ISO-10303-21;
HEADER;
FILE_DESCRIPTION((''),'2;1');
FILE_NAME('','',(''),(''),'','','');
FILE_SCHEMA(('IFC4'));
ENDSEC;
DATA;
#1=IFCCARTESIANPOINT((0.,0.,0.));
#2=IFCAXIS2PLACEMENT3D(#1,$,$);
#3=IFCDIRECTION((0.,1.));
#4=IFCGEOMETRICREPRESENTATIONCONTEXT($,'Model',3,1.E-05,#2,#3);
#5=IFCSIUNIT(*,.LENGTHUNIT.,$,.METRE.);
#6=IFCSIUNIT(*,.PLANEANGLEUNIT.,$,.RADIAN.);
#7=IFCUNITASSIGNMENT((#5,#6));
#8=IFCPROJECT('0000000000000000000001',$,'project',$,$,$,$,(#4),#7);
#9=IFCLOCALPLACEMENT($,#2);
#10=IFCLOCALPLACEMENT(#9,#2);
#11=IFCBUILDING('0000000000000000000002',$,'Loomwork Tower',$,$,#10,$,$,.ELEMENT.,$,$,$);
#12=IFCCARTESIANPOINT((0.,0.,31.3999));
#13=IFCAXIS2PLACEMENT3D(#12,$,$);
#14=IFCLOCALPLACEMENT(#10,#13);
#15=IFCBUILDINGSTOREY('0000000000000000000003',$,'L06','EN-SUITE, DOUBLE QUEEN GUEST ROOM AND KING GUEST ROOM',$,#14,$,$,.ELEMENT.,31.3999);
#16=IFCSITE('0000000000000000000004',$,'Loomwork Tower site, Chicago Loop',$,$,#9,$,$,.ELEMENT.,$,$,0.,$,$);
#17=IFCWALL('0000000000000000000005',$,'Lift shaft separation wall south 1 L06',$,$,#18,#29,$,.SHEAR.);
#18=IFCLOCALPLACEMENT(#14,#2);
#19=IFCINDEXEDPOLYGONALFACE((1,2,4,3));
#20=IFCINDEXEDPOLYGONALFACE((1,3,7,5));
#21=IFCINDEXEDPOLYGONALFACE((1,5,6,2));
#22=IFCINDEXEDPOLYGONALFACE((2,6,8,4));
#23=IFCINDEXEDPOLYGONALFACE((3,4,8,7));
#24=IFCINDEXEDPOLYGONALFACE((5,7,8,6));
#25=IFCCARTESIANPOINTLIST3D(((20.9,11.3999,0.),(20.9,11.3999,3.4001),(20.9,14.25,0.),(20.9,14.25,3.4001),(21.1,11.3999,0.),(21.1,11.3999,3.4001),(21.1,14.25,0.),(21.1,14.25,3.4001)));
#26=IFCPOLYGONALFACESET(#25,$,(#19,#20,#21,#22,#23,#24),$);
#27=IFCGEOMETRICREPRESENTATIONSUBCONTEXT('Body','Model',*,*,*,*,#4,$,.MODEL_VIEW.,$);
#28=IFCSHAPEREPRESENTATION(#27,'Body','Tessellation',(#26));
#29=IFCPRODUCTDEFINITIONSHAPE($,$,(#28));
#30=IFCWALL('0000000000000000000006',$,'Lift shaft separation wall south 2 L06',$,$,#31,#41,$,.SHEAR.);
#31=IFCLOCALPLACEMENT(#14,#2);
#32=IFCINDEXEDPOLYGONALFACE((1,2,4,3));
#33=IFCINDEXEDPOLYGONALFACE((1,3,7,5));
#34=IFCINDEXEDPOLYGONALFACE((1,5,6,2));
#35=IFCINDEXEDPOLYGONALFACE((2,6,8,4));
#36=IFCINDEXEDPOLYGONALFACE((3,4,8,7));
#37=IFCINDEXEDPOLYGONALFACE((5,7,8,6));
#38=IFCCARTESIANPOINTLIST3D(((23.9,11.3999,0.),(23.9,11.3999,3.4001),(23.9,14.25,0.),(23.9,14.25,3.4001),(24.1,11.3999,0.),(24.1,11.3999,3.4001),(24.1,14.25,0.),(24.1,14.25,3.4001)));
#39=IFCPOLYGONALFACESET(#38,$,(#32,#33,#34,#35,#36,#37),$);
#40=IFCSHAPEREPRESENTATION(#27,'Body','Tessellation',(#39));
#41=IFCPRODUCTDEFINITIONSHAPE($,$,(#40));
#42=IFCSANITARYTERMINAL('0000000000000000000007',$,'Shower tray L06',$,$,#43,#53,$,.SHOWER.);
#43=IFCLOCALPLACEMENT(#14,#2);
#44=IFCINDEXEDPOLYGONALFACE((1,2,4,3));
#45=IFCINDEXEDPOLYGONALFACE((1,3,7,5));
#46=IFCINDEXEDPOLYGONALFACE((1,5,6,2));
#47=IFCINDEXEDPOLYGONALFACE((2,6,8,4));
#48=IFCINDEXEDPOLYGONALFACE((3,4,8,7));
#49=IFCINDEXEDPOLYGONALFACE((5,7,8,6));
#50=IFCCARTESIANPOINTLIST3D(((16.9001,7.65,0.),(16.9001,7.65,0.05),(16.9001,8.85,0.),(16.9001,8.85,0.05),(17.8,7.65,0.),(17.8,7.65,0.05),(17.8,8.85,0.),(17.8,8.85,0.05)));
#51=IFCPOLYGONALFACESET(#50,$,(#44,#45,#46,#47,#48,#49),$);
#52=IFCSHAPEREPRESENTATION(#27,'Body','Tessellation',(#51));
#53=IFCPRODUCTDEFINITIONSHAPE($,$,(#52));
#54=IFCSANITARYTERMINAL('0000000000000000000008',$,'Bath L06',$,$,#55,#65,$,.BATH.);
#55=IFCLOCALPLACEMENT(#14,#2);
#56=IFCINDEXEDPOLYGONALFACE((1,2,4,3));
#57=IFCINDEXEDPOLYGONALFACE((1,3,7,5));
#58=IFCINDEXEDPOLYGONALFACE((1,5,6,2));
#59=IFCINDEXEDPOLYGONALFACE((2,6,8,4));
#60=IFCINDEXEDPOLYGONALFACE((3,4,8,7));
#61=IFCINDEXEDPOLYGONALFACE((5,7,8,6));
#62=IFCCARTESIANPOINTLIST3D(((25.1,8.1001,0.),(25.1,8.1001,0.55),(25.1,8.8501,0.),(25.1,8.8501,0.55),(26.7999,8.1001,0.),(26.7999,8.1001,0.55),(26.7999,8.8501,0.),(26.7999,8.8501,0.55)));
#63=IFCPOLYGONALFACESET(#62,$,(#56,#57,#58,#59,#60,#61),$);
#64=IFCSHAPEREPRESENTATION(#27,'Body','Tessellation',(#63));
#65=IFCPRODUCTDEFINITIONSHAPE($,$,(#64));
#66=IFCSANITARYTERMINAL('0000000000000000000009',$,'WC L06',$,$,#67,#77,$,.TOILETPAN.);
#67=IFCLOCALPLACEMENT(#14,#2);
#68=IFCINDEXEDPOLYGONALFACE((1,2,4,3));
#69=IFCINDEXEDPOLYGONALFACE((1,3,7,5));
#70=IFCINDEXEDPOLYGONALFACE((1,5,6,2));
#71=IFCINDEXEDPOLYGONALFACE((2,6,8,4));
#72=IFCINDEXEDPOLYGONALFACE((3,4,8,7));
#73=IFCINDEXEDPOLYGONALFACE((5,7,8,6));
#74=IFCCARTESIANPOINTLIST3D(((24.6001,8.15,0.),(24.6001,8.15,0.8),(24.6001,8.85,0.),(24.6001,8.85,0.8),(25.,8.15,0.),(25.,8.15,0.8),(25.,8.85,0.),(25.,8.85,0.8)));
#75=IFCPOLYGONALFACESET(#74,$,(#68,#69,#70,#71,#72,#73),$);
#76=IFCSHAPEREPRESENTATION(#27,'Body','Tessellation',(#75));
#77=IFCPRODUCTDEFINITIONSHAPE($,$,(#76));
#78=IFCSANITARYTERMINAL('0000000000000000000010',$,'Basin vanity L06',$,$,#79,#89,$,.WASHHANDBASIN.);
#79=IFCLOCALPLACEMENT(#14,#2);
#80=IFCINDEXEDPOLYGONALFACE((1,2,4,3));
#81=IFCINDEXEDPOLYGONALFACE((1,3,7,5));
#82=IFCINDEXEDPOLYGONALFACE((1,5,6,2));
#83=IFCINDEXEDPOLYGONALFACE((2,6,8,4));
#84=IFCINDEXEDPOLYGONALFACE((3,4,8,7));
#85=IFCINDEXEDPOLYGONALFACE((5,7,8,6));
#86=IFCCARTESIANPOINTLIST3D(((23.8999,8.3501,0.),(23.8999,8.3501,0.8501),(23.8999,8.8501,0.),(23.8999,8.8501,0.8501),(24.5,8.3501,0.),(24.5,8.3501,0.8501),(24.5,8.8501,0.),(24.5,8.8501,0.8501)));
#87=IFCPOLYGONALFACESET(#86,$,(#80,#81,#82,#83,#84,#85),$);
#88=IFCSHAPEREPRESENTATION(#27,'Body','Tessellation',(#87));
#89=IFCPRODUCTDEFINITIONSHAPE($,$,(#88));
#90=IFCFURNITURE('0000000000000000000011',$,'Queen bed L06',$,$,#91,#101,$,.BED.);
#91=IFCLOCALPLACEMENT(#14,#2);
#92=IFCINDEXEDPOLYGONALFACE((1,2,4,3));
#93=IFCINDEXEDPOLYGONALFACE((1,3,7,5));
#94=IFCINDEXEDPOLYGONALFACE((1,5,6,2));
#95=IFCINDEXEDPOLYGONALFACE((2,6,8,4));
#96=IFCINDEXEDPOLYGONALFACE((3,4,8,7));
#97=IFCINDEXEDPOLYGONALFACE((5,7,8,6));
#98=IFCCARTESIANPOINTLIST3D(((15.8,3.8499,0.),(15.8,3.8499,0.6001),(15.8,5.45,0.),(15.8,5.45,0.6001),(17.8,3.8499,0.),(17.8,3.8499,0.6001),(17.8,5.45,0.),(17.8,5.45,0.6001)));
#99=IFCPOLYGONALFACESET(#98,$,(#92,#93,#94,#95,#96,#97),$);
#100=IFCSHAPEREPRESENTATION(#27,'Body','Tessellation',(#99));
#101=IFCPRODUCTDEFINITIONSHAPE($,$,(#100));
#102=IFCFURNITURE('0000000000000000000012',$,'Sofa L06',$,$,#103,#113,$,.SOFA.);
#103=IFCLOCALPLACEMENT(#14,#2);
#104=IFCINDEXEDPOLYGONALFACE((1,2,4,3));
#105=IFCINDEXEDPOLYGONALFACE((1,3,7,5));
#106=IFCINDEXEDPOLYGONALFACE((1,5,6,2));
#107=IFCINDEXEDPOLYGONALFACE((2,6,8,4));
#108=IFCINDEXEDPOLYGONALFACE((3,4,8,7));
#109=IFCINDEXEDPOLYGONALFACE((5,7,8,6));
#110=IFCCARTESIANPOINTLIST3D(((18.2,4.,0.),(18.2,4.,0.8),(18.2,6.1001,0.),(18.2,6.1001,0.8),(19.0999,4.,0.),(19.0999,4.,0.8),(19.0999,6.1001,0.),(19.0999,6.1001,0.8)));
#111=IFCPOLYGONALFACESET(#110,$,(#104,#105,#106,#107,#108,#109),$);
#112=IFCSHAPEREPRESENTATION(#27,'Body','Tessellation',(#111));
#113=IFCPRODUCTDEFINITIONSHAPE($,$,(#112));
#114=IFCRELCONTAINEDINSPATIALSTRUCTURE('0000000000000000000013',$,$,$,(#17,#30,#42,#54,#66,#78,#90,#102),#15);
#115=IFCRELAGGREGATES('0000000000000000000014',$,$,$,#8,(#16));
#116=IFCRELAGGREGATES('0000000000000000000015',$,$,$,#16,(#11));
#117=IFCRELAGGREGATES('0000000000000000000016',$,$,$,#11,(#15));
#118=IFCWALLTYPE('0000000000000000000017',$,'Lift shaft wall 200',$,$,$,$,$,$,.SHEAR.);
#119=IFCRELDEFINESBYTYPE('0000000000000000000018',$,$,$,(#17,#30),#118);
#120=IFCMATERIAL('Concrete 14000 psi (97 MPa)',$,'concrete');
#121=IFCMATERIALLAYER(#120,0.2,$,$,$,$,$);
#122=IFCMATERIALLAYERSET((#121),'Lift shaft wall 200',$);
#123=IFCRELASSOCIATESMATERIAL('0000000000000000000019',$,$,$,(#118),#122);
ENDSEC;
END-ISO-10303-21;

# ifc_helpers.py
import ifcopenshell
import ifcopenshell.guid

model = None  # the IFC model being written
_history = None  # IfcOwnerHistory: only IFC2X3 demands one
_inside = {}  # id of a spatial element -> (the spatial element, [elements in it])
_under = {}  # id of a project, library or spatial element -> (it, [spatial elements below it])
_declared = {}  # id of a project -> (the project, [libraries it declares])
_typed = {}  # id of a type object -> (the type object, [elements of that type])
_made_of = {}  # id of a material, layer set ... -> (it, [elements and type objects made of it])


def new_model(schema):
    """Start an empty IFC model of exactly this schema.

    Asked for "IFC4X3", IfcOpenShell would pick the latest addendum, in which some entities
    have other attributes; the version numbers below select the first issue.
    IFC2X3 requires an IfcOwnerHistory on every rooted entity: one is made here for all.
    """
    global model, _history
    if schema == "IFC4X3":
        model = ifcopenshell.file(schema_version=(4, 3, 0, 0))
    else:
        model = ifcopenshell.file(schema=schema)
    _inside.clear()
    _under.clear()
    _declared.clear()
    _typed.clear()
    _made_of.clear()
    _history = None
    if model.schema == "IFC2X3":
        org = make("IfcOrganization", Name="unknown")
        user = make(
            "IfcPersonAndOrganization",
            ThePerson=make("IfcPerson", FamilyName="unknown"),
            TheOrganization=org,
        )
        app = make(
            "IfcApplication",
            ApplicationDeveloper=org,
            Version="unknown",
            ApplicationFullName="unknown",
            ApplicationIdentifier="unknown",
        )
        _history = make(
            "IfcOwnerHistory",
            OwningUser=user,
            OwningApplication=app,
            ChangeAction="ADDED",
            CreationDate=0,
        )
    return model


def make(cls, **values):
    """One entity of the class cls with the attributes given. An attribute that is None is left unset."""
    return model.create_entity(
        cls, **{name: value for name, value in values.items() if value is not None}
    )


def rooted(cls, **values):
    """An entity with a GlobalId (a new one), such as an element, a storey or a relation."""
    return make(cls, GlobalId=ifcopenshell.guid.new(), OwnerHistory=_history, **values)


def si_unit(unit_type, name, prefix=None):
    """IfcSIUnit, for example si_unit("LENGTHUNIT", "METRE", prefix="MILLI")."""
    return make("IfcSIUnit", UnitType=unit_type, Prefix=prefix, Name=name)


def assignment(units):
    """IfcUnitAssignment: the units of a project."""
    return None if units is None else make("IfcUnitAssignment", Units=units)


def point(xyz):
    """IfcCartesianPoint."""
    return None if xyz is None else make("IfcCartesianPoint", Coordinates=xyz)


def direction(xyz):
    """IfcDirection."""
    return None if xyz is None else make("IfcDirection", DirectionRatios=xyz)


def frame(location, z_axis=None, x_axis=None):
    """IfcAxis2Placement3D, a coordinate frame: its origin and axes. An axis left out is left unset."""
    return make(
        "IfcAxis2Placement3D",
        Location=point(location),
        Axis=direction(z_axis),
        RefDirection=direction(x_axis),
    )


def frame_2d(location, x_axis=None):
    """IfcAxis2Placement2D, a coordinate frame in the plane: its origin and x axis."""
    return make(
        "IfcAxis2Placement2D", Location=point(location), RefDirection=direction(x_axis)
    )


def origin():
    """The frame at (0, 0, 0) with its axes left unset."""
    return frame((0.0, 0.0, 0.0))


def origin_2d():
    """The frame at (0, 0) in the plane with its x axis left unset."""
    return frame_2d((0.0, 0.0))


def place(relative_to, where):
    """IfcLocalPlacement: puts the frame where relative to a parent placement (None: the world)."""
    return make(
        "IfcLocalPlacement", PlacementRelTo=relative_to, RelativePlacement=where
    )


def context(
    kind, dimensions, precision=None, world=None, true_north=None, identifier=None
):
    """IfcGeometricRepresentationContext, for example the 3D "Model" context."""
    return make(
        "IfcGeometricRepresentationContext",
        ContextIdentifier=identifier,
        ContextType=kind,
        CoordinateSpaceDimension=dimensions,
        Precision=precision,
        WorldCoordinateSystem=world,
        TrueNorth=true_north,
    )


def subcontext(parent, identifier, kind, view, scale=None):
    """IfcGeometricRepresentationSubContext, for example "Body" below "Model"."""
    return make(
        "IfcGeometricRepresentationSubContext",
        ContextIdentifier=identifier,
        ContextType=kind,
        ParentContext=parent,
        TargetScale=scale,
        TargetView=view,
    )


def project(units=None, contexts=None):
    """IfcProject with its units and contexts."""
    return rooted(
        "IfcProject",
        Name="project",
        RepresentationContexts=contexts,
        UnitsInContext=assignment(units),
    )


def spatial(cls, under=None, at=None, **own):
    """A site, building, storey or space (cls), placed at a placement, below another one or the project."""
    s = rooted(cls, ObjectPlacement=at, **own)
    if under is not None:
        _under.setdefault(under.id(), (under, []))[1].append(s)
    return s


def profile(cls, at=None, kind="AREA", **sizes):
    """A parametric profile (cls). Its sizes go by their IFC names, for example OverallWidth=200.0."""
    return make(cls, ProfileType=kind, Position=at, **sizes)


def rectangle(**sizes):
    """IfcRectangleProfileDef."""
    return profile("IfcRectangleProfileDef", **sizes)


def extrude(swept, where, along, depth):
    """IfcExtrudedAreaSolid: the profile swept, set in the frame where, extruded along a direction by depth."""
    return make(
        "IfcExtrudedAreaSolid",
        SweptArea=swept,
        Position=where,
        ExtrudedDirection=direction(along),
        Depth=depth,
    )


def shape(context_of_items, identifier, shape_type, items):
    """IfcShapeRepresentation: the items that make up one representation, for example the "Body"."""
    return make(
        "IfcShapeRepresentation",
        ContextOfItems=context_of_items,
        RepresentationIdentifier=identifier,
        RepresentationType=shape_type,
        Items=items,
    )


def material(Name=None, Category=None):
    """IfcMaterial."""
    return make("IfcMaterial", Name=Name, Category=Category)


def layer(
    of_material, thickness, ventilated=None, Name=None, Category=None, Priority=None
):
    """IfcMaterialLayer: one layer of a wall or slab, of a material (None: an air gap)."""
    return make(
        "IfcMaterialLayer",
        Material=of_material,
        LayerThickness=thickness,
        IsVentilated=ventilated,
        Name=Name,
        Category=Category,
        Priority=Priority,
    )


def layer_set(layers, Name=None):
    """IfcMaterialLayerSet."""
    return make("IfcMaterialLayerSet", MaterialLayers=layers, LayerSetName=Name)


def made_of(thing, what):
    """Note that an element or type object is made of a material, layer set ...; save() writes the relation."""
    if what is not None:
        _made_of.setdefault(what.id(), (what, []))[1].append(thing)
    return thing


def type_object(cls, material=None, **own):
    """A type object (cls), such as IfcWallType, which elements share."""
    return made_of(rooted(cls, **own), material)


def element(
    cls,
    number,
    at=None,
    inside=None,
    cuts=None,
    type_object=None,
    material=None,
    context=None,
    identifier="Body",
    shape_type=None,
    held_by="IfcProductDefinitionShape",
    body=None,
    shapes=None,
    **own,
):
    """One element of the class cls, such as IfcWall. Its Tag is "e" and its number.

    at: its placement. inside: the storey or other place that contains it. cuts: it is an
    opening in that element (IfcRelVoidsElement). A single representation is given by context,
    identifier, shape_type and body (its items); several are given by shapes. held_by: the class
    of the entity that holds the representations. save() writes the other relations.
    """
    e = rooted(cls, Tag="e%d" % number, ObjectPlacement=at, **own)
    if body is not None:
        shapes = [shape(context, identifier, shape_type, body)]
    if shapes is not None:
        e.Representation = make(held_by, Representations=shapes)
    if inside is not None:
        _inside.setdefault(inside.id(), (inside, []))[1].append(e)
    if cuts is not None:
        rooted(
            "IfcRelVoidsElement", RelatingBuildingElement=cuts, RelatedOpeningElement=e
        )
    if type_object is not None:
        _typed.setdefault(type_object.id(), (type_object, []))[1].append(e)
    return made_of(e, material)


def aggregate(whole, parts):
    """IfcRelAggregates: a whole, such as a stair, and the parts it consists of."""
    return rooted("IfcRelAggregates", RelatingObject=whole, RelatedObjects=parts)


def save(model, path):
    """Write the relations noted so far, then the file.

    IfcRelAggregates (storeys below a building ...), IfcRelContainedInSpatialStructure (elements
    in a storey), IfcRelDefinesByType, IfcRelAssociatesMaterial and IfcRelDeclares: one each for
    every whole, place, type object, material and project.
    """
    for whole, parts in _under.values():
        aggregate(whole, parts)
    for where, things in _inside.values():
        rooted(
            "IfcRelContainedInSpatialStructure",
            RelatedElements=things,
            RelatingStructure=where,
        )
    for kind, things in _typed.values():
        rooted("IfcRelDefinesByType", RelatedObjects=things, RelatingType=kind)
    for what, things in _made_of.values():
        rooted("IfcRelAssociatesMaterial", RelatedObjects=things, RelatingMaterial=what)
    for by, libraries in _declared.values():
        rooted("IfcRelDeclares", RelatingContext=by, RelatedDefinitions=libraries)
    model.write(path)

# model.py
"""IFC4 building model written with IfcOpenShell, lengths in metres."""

from ifc_helpers import new_model, si_unit, direction, frame, frame_2d, origin, origin_2d, place, context, subcontext, project, spatial, rectangle, extrude, material, layer, layer_set, type_object, element, save


model = new_model("IFC4")

# Units and contexts
model_context = context("Model", 3, precision=1e-05, world=origin(), true_north=direction((0.0, 1.0)))
body_context = subcontext(model_context, "Body", "Model", "MODEL_VIEW")
ifc_project = project(units=[si_unit("LENGTHUNIT", "METRE"), si_unit("PLANEANGLEUNIT", "RADIAN")], contexts=[model_context])

# Site, building, storey
site_placement = place(None, origin())
site = spatial("IfcSite", under=ifc_project, at=site_placement, Name="Loomwork Tower site, Chicago Loop", CompositionType="ELEMENT", RefElevation=0.0)
building_placement = place(site_placement, origin())
building = spatial("IfcBuilding", under=site, at=building_placement, Name="Loomwork Tower", CompositionType="ELEMENT")
storey_placement = place(building_placement, frame((0.0, 0.0, 31.3999)))
storey = spatial("IfcBuildingStorey", under=building, at=storey_placement, Name="L06", Description="EN-SUITE, DOUBLE QUEEN GUEST ROOM AND KING GUEST ROOM", CompositionType="ELEMENT", Elevation=31.3999)

# Walls
ifc_material_1 = material(Name="Concrete 14000 psi (97 MPa)", Category="concrete")
ifc_layer_1 = layer(ifc_material_1, 0.2)
ifc_layer_set_1 = layer_set([ifc_layer_1], Name="Lift shaft wall 200")
wall_type_1 = type_object("IfcWallType", Name="Lift shaft wall 200", PredefinedType="SHEAR", material=ifc_layer_set_1)
for number, where, z_axis, x_axis, name in (
    (1, (21.0, 11.3999, 0.0), (0.0, 0.0, 1.0), (0.0, 1.0, 0.0), "Lift shaft separation wall south 1 L06"),
    (2, (24.0, 11.3999, 0.0), (0.0, 0.0, 1.0), (0.0, 1.0, 0.0), "Lift shaft separation wall south 2 L06"),
):
    element("IfcWall", number, at=place(storey_placement, frame(where, z_axis=z_axis, x_axis=x_axis)), inside=storey, type_object=wall_type_1, Name=name, PredefinedType="SHEAR", context=body_context, shape_type="SweptSolid", body=[
        extrude(rectangle(XDim=2.8501, YDim=0.2, at=frame_2d((1.425, 0.0))), origin(), (0.0, 0.0, 1.0), 3.4001),
    ])

# Sanitary terminals
sanitary_terminal_1_placement = place(storey_placement, frame((17.3501, 8.25, 0.0), z_axis=(0.0, 0.0, 1.0), x_axis=(1.0, 0.0, 0.0)))
element("IfcSanitaryTerminal", 3, at=sanitary_terminal_1_placement, inside=storey, Name="Shower tray L06", PredefinedType="SHOWER", context=body_context, shape_type="SweptSolid", body=[
    extrude(rectangle(XDim=0.8999, YDim=1.2, at=origin_2d()), origin(), (0.0, 0.0, 1.0), 0.05),
])
sanitary_terminal_2_placement = place(storey_placement, frame((25.95, 8.4751, 0.0), z_axis=(0.0, 0.0, 1.0), x_axis=(1.0, 0.0, 0.0)))
element("IfcSanitaryTerminal", 4, at=sanitary_terminal_2_placement, inside=storey, Name="Bath L06", PredefinedType="BATH", context=body_context, shape_type="SweptSolid", body=[
    extrude(rectangle(XDim=1.7, YDim=0.75, at=origin_2d()), origin(), (0.0, 0.0, 1.0), 0.55),
])
sanitary_terminal_3_placement = place(storey_placement, frame((24.8, 8.5, 0.0), z_axis=(0.0, 0.0, 1.0), x_axis=(1.0, 0.0, 0.0)))
element("IfcSanitaryTerminal", 5, at=sanitary_terminal_3_placement, inside=storey, Name="WC L06", PredefinedType="TOILETPAN", context=body_context, shape_type="SweptSolid", body=[
    extrude(rectangle(XDim=0.3999, YDim=0.7, at=origin_2d()), origin(), (0.0, 0.0, 1.0), 0.8),
])
sanitary_terminal_4_placement = place(storey_placement, frame((24.2, 8.6001, 0.0), z_axis=(0.0, 0.0, 1.0), x_axis=(1.0, 0.0, 0.0)))
element("IfcSanitaryTerminal", 6, at=sanitary_terminal_4_placement, inside=storey, Name="Basin vanity L06", PredefinedType="WASHHANDBASIN", context=body_context, shape_type="SweptSolid", body=[
    extrude(rectangle(XDim=0.6001, YDim=0.5, at=origin_2d()), origin(), (0.0, 0.0, 1.0), 0.8501),
])

# Furniture
furniture_1_placement = place(storey_placement, frame((16.8, 4.6499, 0.0), z_axis=(0.0, 0.0, 1.0), x_axis=(1.0, 0.0, 0.0)))
element("IfcFurniture", 7, at=furniture_1_placement, inside=storey, Name="Queen bed L06", PredefinedType="BED", context=body_context, shape_type="SweptSolid", body=[
    extrude(rectangle(XDim=2.0, YDim=1.6001, at=origin_2d()), origin(), (0.0, 0.0, 1.0), 0.6001),
])
furniture_2_placement = place(storey_placement, frame((18.6499, 5.05, 0.0), z_axis=(0.0, 0.0, 1.0), x_axis=(1.0, 0.0, 0.0)))
element("IfcFurniture", 8, at=furniture_2_placement, inside=storey, Name="Sofa L06", PredefinedType="SOFA", context=body_context, shape_type="SweptSolid", body=[
    extrude(rectangle(XDim=0.8999, YDim=2.1001, at=origin_2d()), origin(), (0.0, 0.0, 1.0), 0.8),
])

save(model, "model.ifc")
